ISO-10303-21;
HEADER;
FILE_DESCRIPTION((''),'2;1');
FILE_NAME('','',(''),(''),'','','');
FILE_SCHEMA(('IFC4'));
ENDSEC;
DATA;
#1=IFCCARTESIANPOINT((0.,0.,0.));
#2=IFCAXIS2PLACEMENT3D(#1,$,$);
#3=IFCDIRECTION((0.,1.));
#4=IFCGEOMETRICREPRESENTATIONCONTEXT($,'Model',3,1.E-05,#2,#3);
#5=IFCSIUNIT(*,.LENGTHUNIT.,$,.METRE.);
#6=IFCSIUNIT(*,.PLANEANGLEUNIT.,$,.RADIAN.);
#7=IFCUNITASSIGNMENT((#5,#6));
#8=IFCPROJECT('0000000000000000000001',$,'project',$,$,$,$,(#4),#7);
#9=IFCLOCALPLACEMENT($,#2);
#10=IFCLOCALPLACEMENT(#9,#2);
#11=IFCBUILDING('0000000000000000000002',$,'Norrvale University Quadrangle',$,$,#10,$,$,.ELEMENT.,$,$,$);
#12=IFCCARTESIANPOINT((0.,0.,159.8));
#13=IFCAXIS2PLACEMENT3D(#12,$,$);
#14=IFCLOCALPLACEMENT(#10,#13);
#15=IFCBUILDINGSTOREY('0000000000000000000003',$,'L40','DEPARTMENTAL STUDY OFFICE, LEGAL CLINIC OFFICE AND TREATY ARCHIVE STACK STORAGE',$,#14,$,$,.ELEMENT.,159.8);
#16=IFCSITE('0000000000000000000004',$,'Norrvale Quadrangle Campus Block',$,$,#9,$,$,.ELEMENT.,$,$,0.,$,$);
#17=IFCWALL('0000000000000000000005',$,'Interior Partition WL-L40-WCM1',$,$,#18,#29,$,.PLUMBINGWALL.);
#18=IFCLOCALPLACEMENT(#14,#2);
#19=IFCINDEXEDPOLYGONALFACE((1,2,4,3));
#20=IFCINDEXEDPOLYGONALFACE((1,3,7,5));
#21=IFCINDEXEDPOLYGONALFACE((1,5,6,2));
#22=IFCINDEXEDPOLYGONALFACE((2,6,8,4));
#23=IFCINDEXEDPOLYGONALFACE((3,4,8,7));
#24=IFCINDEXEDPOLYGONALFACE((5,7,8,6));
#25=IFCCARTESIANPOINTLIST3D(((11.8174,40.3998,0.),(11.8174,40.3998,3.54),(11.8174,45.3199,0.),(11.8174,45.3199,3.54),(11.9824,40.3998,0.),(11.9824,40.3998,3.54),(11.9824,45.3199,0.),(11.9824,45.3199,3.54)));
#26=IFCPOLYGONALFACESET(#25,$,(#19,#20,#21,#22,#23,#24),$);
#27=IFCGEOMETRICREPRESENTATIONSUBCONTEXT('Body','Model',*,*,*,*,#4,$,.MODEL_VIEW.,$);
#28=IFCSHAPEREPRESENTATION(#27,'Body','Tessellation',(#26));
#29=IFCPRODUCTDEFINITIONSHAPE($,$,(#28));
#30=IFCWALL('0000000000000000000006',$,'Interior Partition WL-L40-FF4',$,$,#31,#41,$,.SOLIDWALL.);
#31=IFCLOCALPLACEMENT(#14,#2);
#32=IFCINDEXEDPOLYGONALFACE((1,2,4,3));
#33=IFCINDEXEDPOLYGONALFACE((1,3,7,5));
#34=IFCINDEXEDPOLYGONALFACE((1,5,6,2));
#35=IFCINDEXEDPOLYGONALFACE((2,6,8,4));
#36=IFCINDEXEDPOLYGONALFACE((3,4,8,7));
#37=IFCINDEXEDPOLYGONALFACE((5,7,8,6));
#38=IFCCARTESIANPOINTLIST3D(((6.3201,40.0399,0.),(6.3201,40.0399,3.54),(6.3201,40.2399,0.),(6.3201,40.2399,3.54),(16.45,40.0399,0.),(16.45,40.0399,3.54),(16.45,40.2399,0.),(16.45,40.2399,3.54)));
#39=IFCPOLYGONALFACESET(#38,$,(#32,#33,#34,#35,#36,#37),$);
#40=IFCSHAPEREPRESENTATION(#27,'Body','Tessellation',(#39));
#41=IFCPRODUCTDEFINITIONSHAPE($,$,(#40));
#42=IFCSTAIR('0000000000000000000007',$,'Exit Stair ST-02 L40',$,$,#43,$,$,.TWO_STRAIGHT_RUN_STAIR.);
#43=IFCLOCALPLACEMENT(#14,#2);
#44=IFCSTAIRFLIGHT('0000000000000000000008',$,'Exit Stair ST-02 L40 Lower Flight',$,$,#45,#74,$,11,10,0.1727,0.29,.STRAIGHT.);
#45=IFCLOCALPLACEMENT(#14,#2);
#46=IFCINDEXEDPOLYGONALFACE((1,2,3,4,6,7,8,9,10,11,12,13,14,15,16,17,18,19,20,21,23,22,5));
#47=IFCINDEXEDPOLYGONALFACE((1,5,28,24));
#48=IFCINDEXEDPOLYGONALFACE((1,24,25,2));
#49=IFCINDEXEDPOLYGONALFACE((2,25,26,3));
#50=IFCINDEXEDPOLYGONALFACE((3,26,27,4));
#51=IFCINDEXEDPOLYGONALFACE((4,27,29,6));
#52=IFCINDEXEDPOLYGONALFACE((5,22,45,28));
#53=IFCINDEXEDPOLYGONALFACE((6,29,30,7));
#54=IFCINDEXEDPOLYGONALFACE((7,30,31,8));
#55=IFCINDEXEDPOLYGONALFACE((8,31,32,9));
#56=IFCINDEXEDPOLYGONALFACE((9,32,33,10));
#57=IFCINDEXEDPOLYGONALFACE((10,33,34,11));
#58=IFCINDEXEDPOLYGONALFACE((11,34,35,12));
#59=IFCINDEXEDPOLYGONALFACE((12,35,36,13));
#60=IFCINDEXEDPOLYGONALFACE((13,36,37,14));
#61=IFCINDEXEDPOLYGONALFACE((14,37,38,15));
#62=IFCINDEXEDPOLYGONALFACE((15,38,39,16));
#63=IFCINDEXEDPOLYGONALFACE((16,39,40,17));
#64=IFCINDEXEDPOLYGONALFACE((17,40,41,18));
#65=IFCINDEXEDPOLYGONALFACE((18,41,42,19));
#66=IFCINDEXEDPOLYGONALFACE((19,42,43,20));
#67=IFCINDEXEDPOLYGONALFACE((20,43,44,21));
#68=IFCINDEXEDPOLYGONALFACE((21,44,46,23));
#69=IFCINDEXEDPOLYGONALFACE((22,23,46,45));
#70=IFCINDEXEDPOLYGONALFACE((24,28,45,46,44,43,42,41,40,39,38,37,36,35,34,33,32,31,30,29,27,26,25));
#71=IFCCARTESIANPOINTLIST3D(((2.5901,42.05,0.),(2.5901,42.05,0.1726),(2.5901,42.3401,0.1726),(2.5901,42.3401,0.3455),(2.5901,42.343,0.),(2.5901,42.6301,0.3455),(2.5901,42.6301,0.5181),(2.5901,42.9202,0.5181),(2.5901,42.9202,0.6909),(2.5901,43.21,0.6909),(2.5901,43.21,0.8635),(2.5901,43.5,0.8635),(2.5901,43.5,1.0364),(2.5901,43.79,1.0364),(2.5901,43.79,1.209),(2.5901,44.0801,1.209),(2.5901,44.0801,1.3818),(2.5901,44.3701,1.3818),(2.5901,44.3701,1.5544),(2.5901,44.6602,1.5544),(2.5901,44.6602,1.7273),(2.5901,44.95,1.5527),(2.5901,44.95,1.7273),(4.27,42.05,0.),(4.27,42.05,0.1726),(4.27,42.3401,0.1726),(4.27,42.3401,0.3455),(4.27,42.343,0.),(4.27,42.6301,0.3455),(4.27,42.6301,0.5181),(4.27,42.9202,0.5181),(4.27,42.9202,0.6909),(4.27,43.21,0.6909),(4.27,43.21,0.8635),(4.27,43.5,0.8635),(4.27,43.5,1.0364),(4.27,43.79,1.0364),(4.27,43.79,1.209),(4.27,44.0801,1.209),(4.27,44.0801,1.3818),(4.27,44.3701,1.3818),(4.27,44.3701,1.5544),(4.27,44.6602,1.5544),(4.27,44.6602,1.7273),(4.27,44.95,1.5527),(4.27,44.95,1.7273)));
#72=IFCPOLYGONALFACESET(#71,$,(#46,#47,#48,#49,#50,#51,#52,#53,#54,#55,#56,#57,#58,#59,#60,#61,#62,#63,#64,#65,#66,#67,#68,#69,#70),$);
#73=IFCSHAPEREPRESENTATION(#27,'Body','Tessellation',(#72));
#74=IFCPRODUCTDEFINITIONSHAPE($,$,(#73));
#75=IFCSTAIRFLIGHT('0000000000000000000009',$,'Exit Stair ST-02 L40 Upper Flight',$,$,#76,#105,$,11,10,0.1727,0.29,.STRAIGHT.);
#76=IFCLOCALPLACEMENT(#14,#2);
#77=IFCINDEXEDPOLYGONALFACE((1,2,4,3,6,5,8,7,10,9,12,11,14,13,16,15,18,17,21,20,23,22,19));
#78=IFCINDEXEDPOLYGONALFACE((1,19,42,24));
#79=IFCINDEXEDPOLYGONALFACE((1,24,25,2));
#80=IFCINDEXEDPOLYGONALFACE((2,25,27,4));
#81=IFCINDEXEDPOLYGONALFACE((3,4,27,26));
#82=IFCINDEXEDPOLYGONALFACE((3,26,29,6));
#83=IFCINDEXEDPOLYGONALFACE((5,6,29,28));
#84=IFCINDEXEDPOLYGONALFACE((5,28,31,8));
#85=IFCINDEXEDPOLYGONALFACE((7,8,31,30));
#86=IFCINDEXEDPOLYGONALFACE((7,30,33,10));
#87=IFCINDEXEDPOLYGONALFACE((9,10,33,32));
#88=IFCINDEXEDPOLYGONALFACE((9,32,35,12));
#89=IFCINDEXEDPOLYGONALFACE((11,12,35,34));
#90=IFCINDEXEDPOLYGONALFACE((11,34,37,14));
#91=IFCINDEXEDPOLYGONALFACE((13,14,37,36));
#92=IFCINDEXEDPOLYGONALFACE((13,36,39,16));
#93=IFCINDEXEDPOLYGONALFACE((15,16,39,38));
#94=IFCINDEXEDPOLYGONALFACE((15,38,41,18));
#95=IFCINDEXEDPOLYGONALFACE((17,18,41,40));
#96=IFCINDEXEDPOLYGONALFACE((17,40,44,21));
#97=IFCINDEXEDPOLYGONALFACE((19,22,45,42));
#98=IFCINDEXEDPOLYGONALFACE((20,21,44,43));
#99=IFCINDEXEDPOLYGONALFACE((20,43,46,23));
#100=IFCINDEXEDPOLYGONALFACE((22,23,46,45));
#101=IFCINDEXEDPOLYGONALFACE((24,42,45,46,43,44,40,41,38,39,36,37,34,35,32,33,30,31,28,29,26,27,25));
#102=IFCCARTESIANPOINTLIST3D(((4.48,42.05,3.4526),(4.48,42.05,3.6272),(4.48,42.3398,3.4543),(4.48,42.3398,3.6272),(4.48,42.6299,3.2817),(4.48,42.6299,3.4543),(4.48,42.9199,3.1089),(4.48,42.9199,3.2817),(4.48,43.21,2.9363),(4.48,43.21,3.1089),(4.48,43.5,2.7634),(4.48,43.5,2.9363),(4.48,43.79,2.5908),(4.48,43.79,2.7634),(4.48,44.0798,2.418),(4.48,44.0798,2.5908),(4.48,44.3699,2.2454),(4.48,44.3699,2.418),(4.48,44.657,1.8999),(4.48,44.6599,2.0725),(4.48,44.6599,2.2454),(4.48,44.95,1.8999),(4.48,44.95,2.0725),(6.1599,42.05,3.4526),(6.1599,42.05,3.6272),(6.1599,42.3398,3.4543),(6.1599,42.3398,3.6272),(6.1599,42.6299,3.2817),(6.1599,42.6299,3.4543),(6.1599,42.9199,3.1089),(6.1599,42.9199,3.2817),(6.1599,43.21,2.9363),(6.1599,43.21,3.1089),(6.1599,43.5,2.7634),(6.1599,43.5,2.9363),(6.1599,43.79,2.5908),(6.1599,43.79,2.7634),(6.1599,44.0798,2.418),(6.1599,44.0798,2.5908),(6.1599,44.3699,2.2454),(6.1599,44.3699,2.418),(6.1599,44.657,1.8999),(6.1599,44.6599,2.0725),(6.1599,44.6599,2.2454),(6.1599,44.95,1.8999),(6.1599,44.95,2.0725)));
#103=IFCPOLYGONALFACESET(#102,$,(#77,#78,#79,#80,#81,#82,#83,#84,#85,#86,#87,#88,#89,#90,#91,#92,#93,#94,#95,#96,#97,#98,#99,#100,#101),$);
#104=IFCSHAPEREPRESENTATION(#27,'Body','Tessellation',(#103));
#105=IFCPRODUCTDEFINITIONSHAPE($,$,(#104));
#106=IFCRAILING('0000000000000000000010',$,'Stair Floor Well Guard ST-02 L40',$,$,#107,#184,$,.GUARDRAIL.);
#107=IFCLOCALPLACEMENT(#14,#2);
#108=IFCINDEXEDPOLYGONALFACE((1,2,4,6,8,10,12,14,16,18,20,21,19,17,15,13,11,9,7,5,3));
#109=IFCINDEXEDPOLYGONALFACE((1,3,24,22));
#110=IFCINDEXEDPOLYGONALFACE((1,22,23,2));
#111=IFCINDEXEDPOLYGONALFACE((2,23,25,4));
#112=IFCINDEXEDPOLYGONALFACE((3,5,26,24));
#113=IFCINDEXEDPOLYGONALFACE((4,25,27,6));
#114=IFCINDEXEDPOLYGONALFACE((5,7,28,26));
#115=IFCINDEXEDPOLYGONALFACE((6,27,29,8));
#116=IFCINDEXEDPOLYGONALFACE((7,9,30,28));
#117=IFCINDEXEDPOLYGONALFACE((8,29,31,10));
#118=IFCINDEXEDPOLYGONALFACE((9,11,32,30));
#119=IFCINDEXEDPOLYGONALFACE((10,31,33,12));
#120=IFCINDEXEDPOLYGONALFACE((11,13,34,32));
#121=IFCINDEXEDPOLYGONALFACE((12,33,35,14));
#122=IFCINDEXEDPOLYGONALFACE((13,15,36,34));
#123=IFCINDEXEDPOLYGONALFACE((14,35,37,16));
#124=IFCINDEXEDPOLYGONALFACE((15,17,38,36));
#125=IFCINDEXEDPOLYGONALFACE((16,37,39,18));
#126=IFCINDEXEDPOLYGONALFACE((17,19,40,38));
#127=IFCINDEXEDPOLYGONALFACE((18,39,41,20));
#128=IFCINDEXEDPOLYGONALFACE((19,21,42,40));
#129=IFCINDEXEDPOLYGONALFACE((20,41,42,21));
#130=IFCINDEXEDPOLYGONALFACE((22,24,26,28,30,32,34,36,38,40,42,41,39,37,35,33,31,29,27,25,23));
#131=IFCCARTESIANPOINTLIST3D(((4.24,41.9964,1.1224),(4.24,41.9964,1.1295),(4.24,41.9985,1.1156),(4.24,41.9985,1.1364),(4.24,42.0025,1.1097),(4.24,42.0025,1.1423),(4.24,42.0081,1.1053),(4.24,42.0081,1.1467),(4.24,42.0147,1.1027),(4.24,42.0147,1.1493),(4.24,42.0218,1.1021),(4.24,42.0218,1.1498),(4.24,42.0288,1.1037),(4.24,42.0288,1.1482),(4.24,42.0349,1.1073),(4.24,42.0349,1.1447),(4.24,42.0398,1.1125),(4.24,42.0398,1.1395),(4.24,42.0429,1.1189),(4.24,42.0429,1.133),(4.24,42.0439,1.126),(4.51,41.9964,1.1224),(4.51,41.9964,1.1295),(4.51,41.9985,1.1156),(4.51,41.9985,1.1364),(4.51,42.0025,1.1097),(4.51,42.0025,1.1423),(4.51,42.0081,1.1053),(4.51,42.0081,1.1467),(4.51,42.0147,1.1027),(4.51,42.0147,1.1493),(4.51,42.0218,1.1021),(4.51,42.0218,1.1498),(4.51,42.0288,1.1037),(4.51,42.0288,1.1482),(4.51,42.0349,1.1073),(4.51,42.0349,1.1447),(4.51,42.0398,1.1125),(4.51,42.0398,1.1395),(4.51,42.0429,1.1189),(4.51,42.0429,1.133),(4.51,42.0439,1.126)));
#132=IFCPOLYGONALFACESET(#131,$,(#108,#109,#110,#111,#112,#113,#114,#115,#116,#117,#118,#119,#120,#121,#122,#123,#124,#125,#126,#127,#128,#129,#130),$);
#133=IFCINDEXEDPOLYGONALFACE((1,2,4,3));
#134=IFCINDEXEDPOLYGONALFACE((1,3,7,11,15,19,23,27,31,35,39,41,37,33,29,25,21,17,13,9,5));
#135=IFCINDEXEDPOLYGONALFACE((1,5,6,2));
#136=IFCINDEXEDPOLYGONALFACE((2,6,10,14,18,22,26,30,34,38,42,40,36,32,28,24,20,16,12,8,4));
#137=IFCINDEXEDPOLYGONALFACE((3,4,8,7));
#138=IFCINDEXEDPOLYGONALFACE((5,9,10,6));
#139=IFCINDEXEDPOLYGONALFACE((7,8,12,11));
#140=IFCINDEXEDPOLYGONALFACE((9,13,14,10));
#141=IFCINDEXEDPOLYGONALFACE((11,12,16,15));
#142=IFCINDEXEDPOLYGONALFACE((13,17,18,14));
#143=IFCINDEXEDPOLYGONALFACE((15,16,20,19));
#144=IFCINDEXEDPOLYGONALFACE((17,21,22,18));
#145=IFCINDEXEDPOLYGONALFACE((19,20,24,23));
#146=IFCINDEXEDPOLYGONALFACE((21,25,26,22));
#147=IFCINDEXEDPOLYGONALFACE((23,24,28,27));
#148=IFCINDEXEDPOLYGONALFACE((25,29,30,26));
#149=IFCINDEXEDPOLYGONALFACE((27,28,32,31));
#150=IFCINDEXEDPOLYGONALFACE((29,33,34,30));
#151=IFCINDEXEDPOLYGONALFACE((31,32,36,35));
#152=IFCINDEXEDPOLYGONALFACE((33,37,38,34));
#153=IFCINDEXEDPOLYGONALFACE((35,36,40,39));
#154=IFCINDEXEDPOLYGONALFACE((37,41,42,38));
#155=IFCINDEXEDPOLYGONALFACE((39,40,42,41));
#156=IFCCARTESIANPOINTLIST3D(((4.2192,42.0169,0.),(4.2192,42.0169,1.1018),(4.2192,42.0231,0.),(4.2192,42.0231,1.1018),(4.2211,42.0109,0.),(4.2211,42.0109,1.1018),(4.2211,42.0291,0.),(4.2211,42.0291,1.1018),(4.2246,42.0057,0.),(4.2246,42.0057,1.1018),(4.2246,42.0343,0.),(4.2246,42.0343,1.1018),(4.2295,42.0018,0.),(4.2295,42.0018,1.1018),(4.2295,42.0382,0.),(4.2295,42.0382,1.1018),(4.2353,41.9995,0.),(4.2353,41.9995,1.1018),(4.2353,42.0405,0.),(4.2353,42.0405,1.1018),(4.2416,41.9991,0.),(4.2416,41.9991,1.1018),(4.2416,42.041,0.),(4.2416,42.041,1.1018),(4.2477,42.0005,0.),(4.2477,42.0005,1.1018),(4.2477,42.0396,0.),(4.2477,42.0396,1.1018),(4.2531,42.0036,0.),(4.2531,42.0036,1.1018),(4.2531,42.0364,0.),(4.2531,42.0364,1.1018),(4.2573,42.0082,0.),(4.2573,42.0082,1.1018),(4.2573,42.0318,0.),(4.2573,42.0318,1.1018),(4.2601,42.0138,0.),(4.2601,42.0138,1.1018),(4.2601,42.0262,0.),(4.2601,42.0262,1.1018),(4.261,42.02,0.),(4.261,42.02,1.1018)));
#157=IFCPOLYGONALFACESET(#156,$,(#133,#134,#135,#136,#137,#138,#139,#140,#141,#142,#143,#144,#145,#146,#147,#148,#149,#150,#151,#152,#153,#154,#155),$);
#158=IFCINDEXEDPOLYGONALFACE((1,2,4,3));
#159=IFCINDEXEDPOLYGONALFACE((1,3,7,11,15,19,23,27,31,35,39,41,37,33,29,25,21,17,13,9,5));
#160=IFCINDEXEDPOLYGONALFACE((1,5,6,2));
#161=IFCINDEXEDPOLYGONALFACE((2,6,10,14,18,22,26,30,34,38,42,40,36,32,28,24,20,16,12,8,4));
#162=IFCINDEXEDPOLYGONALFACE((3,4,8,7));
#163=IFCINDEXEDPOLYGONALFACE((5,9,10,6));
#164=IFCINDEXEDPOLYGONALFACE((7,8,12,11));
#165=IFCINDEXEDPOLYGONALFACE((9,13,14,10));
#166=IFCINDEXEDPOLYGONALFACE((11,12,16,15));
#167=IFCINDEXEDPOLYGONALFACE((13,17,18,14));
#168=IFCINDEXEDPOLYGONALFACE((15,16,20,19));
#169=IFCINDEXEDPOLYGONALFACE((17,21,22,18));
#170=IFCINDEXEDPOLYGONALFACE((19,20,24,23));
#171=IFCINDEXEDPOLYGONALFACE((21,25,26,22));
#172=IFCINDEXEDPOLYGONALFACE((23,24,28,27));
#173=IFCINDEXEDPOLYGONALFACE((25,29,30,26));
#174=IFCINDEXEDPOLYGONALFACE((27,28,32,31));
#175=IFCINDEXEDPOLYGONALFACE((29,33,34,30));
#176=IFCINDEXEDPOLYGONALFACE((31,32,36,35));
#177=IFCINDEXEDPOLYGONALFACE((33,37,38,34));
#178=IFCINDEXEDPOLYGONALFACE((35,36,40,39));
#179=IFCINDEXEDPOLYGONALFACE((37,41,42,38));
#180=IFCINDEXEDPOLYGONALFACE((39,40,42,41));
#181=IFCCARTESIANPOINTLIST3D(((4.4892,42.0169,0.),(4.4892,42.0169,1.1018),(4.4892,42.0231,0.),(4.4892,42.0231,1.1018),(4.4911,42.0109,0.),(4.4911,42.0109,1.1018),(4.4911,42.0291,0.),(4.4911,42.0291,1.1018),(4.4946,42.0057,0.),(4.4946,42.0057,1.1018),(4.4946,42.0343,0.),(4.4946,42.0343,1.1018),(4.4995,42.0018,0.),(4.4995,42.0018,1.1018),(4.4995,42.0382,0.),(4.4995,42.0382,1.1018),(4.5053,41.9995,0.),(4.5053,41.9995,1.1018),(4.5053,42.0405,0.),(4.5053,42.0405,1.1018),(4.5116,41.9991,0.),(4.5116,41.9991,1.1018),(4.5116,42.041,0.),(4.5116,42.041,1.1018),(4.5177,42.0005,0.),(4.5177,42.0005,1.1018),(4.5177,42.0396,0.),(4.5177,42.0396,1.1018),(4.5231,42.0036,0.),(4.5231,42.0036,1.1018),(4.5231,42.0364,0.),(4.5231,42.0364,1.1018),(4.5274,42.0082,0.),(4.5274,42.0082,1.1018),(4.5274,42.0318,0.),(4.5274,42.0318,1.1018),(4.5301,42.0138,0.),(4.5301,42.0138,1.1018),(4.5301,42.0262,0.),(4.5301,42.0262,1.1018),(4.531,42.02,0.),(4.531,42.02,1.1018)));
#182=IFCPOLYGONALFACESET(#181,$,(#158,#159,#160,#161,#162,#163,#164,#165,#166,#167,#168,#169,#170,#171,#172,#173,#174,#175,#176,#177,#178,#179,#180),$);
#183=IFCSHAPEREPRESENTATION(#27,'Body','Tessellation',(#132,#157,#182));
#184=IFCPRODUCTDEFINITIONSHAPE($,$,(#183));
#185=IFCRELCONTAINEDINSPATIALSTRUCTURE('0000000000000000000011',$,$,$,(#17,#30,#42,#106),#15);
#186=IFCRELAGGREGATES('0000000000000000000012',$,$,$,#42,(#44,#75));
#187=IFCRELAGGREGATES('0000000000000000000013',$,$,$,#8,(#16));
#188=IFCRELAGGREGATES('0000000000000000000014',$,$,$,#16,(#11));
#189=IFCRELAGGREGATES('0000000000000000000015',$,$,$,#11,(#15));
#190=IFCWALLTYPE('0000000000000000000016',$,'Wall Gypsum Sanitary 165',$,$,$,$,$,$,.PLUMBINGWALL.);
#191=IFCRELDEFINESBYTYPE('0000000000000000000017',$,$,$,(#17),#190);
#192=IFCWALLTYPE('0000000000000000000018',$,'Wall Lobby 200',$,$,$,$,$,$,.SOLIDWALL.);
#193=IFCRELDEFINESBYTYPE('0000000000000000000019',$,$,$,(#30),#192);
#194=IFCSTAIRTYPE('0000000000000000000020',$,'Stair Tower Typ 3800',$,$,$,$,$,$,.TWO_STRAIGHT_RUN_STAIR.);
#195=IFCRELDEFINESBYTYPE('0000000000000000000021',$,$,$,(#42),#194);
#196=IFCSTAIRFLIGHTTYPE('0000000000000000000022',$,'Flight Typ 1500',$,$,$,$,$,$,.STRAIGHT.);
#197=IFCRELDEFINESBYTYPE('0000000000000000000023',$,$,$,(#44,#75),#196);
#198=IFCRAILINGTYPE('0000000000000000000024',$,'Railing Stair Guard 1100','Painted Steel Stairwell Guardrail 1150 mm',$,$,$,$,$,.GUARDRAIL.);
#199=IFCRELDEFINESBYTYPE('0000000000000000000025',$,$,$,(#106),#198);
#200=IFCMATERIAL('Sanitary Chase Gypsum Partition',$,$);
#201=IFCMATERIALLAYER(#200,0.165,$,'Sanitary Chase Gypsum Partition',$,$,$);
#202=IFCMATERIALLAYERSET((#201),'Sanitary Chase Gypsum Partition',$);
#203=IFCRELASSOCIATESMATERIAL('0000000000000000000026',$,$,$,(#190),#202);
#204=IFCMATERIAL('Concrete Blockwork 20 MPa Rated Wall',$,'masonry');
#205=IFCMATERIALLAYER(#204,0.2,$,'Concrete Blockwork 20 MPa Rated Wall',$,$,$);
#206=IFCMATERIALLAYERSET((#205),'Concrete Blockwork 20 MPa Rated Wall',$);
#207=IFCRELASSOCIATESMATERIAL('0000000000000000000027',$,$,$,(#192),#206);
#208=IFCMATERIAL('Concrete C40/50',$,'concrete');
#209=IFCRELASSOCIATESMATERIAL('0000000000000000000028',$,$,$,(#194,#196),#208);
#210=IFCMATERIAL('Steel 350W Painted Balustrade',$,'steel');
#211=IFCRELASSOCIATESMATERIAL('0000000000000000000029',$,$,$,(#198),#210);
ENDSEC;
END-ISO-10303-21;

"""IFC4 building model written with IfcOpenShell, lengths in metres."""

from ifc_helpers import new_model, si_unit, direction, frame, frame_2d, origin, origin_2d, place, context, subcontext, project, spatial, polyline, rectangle, circle, outline, extrude, material, layer, layer_set, type_object, element, aggregate, save


model = new_model("IFC4")

# Units and contexts
model_context = context("Model", 3, precision=1e-05, world=origin(), true_north=direction((0.0, 1.0)))
body_context = subcontext(model_context, "Body", "Model", "MODEL_VIEW")
ifc_project = project(units=[si_unit("LENGTHUNIT", "METRE"), si_unit("PLANEANGLEUNIT", "RADIAN")], contexts=[model_context])

# Site, building, storey
site_placement = place(None, origin())
site = spatial("IfcSite", under=ifc_project, at=site_placement, Name="Norrvale Quadrangle Campus Block", CompositionType="ELEMENT", RefElevation=0.0)
building_placement = place(site_placement, origin())
building = spatial("IfcBuilding", under=site, at=building_placement, Name="Norrvale University Quadrangle", CompositionType="ELEMENT")
storey_placement = place(building_placement, frame((0.0, 0.0, 159.8)))
storey = spatial("IfcBuildingStorey", under=building, at=storey_placement, Name="L40", Description="DEPARTMENTAL STUDY OFFICE, LEGAL CLINIC OFFICE AND TREATY ARCHIVE STACK STORAGE", CompositionType="ELEMENT", Elevation=159.8)

# Shared definitions
ifc_material_1 = material(Name="Sanitary Chase Gypsum Partition")
ifc_layer_1 = layer(ifc_material_1, 0.165, Name="Sanitary Chase Gypsum Partition")
ifc_layer_set_1 = layer_set([ifc_layer_1], Name="Sanitary Chase Gypsum Partition")
wall_type_1 = type_object("IfcWallType", Name="Wall Gypsum Sanitary 165", PredefinedType="PLUMBINGWALL", material=ifc_layer_set_1)

# Walls
wall_1_placement = place(storey_placement, frame((11.8999, 40.3999, 0.0), z_axis=(0.0, 0.0, 1.0), x_axis=(0.0, 1.0, 0.0)))
element("IfcWall", 1, at=wall_1_placement, inside=storey, type_object=wall_type_1, Name="Interior Partition WL-L40-WCM1", PredefinedType="PLUMBINGWALL", context=body_context, shape_type="SweptSolid", body=[
    extrude(rectangle(XDim=4.9202, YDim=0.165, at=frame_2d((2.46, 0.0))), origin(), (0.0, 0.0, 1.0), 3.54),
])
ifc_material_2 = material(Name="Concrete Blockwork 20 MPa Rated Wall", Category="masonry")
ifc_layer_2 = layer(ifc_material_2, 0.2, Name="Concrete Blockwork 20 MPa Rated Wall")
ifc_layer_set_2 = layer_set([ifc_layer_2], Name="Concrete Blockwork 20 MPa Rated Wall")
wall_type_2 = type_object("IfcWallType", Name="Wall Lobby 200", PredefinedType="SOLIDWALL", material=ifc_layer_set_2)
wall_2_placement = place(storey_placement, frame((6.3201, 40.1399, 0.0), z_axis=(0.0, 0.0, 1.0), x_axis=(1.0, 0.0, 0.0)))
element("IfcWall", 2, at=wall_2_placement, inside=storey, type_object=wall_type_2, Name="Interior Partition WL-L40-FF4", PredefinedType="SOLIDWALL", context=body_context, shape_type="SweptSolid", body=[
    extrude(rectangle(XDim=10.1299, YDim=0.2, at=frame_2d((5.0649, 0.0))), origin(), (0.0, 0.0, 1.0), 3.54),
])

# Stair, stair flights
ifc_material_3 = material(Name="Concrete C40/50", Category="concrete")
stair_type = type_object("IfcStairType", Name="Stair Tower Typ 3800", PredefinedType="TWO_STRAIGHT_RUN_STAIR", material=ifc_material_3)
stair_placement = place(storey_placement, origin())
stair = element("IfcStair", 3, at=stair_placement, inside=storey, type_object=stair_type, Name="Exit Stair ST-02 L40", PredefinedType="TWO_STRAIGHT_RUN_STAIR")
stair_flight_type = type_object("IfcStairFlightType", Name="Flight Typ 1500", PredefinedType="STRAIGHT", material=ifc_material_3)
stair_flight_1_placement = place(storey_placement, frame((3.4299, 42.05, 0.0), z_axis=(0.0, 0.0, 1.0), x_axis=(0.0, 1.0, 0.0)))
stair_flight_1 = element("IfcStairFlight", 4, at=stair_flight_1_placement, type_object=stair_flight_type, Name="Exit Stair ST-02 L40 Lower Flight", NumberOfRisers=11, NumberOfTreads=10, PredefinedType="STRAIGHT", RiserHeight=0.1727, TreadLength=0.29, context=body_context, shape_type="SweptSolid", body=[
    extrude(outline(polyline([(0.0, 0.0), (0.0, 0.1726), (0.29, 0.1726), (0.29, 0.3455), (0.5801, 0.3455), (0.5801, 0.5181), (0.8701, 0.5181), (0.8701, 0.6909), (1.1599, 0.6909), (1.1599, 0.8635), (1.45, 0.8635), (1.45, 1.0364), (1.74, 1.0364), (1.74, 1.209), (2.03, 1.209), (2.03, 1.3818), (2.3201, 1.3818), (2.3201, 1.5544), (2.6101, 1.5544), (2.6101, 1.7273), (2.8999, 1.7273), (2.8999, 1.8999), (2.8999, 1.5527), (0.293, 0.0), (0.0, 0.0)])), frame((0.0, 0.8398, 0.0), z_axis=(0.0, -1.0, 0.0), x_axis=(1.0, 0.0, 0.0)), (0.0, 0.0, 1.0), 1.6799),
])
stair_flight_2_placement = place(storey_placement, frame((5.3201, 44.95, 1.8999), z_axis=(0.0, 0.0, 1.0), x_axis=(0.0, -1.0, 0.0)))
stair_flight_2 = element("IfcStairFlight", 5, at=stair_flight_2_placement, type_object=stair_flight_type, Name="Exit Stair ST-02 L40 Upper Flight", NumberOfRisers=11, NumberOfTreads=10, PredefinedType="STRAIGHT", RiserHeight=0.1727, TreadLength=0.29, context=body_context, shape_type="SweptSolid", body=[
    extrude(outline(polyline([(0.0, 0.0), (0.0, 0.1726), (0.29, 0.1726), (0.29, 0.3455), (0.5801, 0.3455), (0.5801, 0.5181), (0.8701, 0.5181), (0.8701, 0.6909), (1.1599, 0.6909), (1.1599, 0.8635), (1.45, 0.8635), (1.45, 1.0364), (1.74, 1.0364), (1.74, 1.209), (2.03, 1.209), (2.03, 1.3818), (2.3201, 1.3818), (2.3201, 1.5544), (2.6101, 1.5544), (2.6101, 1.7273), (2.8999, 1.7273), (2.8999, 1.8999), (2.8999, 1.5527), (0.293, 0.0), (0.0, 0.0)])), frame((0.0, 0.8398, 0.0), z_axis=(0.0, -1.0, 0.0), x_axis=(1.0, 0.0, 0.0)), (0.0, 0.0, 1.0), 1.6799),
])
aggregate(stair, [stair_flight_1, stair_flight_2])

# Railing
ifc_material_4 = material(Name="Steel 350W Painted Balustrade", Category="steel")
railing_type_1 = type_object("IfcRailingType", Name="Railing Stair Guard 1100", Description="Painted Steel Stairwell Guardrail 1150 mm", PredefinedType="GUARDRAIL", material=ifc_material_4)
for number, where, name in (
    (6, (4.24, 42.02, 0.0), "Stair Floor Well Guard ST-02 L40"),
):
    element("IfcRailing", number, at=place(storey_placement, frame(where)), inside=storey, type_object=railing_type_1, Name=name, PredefinedType="GUARDRAIL", context=body_context, shape_type="SweptSolid", body=[
        extrude(circle(Radius=0.0239, at=origin_2d()), frame((0.0, 0.0, 1.126), z_axis=(1.0, 0.0, 0.0), x_axis=(0.0, 1.0, 0.0)), (0.0, 0.0, 1.0), 0.27),
        extrude(circle(Radius=0.021, at=origin_2d()), origin(), (0.0, 0.0, 1.0), 1.1018),
        extrude(circle(Radius=0.021, at=origin_2d()), frame((0.27, 0.0, 0.0)), (0.0, 0.0, 1.0), 1.1018),
    ])

save(model, "model.ifc")
